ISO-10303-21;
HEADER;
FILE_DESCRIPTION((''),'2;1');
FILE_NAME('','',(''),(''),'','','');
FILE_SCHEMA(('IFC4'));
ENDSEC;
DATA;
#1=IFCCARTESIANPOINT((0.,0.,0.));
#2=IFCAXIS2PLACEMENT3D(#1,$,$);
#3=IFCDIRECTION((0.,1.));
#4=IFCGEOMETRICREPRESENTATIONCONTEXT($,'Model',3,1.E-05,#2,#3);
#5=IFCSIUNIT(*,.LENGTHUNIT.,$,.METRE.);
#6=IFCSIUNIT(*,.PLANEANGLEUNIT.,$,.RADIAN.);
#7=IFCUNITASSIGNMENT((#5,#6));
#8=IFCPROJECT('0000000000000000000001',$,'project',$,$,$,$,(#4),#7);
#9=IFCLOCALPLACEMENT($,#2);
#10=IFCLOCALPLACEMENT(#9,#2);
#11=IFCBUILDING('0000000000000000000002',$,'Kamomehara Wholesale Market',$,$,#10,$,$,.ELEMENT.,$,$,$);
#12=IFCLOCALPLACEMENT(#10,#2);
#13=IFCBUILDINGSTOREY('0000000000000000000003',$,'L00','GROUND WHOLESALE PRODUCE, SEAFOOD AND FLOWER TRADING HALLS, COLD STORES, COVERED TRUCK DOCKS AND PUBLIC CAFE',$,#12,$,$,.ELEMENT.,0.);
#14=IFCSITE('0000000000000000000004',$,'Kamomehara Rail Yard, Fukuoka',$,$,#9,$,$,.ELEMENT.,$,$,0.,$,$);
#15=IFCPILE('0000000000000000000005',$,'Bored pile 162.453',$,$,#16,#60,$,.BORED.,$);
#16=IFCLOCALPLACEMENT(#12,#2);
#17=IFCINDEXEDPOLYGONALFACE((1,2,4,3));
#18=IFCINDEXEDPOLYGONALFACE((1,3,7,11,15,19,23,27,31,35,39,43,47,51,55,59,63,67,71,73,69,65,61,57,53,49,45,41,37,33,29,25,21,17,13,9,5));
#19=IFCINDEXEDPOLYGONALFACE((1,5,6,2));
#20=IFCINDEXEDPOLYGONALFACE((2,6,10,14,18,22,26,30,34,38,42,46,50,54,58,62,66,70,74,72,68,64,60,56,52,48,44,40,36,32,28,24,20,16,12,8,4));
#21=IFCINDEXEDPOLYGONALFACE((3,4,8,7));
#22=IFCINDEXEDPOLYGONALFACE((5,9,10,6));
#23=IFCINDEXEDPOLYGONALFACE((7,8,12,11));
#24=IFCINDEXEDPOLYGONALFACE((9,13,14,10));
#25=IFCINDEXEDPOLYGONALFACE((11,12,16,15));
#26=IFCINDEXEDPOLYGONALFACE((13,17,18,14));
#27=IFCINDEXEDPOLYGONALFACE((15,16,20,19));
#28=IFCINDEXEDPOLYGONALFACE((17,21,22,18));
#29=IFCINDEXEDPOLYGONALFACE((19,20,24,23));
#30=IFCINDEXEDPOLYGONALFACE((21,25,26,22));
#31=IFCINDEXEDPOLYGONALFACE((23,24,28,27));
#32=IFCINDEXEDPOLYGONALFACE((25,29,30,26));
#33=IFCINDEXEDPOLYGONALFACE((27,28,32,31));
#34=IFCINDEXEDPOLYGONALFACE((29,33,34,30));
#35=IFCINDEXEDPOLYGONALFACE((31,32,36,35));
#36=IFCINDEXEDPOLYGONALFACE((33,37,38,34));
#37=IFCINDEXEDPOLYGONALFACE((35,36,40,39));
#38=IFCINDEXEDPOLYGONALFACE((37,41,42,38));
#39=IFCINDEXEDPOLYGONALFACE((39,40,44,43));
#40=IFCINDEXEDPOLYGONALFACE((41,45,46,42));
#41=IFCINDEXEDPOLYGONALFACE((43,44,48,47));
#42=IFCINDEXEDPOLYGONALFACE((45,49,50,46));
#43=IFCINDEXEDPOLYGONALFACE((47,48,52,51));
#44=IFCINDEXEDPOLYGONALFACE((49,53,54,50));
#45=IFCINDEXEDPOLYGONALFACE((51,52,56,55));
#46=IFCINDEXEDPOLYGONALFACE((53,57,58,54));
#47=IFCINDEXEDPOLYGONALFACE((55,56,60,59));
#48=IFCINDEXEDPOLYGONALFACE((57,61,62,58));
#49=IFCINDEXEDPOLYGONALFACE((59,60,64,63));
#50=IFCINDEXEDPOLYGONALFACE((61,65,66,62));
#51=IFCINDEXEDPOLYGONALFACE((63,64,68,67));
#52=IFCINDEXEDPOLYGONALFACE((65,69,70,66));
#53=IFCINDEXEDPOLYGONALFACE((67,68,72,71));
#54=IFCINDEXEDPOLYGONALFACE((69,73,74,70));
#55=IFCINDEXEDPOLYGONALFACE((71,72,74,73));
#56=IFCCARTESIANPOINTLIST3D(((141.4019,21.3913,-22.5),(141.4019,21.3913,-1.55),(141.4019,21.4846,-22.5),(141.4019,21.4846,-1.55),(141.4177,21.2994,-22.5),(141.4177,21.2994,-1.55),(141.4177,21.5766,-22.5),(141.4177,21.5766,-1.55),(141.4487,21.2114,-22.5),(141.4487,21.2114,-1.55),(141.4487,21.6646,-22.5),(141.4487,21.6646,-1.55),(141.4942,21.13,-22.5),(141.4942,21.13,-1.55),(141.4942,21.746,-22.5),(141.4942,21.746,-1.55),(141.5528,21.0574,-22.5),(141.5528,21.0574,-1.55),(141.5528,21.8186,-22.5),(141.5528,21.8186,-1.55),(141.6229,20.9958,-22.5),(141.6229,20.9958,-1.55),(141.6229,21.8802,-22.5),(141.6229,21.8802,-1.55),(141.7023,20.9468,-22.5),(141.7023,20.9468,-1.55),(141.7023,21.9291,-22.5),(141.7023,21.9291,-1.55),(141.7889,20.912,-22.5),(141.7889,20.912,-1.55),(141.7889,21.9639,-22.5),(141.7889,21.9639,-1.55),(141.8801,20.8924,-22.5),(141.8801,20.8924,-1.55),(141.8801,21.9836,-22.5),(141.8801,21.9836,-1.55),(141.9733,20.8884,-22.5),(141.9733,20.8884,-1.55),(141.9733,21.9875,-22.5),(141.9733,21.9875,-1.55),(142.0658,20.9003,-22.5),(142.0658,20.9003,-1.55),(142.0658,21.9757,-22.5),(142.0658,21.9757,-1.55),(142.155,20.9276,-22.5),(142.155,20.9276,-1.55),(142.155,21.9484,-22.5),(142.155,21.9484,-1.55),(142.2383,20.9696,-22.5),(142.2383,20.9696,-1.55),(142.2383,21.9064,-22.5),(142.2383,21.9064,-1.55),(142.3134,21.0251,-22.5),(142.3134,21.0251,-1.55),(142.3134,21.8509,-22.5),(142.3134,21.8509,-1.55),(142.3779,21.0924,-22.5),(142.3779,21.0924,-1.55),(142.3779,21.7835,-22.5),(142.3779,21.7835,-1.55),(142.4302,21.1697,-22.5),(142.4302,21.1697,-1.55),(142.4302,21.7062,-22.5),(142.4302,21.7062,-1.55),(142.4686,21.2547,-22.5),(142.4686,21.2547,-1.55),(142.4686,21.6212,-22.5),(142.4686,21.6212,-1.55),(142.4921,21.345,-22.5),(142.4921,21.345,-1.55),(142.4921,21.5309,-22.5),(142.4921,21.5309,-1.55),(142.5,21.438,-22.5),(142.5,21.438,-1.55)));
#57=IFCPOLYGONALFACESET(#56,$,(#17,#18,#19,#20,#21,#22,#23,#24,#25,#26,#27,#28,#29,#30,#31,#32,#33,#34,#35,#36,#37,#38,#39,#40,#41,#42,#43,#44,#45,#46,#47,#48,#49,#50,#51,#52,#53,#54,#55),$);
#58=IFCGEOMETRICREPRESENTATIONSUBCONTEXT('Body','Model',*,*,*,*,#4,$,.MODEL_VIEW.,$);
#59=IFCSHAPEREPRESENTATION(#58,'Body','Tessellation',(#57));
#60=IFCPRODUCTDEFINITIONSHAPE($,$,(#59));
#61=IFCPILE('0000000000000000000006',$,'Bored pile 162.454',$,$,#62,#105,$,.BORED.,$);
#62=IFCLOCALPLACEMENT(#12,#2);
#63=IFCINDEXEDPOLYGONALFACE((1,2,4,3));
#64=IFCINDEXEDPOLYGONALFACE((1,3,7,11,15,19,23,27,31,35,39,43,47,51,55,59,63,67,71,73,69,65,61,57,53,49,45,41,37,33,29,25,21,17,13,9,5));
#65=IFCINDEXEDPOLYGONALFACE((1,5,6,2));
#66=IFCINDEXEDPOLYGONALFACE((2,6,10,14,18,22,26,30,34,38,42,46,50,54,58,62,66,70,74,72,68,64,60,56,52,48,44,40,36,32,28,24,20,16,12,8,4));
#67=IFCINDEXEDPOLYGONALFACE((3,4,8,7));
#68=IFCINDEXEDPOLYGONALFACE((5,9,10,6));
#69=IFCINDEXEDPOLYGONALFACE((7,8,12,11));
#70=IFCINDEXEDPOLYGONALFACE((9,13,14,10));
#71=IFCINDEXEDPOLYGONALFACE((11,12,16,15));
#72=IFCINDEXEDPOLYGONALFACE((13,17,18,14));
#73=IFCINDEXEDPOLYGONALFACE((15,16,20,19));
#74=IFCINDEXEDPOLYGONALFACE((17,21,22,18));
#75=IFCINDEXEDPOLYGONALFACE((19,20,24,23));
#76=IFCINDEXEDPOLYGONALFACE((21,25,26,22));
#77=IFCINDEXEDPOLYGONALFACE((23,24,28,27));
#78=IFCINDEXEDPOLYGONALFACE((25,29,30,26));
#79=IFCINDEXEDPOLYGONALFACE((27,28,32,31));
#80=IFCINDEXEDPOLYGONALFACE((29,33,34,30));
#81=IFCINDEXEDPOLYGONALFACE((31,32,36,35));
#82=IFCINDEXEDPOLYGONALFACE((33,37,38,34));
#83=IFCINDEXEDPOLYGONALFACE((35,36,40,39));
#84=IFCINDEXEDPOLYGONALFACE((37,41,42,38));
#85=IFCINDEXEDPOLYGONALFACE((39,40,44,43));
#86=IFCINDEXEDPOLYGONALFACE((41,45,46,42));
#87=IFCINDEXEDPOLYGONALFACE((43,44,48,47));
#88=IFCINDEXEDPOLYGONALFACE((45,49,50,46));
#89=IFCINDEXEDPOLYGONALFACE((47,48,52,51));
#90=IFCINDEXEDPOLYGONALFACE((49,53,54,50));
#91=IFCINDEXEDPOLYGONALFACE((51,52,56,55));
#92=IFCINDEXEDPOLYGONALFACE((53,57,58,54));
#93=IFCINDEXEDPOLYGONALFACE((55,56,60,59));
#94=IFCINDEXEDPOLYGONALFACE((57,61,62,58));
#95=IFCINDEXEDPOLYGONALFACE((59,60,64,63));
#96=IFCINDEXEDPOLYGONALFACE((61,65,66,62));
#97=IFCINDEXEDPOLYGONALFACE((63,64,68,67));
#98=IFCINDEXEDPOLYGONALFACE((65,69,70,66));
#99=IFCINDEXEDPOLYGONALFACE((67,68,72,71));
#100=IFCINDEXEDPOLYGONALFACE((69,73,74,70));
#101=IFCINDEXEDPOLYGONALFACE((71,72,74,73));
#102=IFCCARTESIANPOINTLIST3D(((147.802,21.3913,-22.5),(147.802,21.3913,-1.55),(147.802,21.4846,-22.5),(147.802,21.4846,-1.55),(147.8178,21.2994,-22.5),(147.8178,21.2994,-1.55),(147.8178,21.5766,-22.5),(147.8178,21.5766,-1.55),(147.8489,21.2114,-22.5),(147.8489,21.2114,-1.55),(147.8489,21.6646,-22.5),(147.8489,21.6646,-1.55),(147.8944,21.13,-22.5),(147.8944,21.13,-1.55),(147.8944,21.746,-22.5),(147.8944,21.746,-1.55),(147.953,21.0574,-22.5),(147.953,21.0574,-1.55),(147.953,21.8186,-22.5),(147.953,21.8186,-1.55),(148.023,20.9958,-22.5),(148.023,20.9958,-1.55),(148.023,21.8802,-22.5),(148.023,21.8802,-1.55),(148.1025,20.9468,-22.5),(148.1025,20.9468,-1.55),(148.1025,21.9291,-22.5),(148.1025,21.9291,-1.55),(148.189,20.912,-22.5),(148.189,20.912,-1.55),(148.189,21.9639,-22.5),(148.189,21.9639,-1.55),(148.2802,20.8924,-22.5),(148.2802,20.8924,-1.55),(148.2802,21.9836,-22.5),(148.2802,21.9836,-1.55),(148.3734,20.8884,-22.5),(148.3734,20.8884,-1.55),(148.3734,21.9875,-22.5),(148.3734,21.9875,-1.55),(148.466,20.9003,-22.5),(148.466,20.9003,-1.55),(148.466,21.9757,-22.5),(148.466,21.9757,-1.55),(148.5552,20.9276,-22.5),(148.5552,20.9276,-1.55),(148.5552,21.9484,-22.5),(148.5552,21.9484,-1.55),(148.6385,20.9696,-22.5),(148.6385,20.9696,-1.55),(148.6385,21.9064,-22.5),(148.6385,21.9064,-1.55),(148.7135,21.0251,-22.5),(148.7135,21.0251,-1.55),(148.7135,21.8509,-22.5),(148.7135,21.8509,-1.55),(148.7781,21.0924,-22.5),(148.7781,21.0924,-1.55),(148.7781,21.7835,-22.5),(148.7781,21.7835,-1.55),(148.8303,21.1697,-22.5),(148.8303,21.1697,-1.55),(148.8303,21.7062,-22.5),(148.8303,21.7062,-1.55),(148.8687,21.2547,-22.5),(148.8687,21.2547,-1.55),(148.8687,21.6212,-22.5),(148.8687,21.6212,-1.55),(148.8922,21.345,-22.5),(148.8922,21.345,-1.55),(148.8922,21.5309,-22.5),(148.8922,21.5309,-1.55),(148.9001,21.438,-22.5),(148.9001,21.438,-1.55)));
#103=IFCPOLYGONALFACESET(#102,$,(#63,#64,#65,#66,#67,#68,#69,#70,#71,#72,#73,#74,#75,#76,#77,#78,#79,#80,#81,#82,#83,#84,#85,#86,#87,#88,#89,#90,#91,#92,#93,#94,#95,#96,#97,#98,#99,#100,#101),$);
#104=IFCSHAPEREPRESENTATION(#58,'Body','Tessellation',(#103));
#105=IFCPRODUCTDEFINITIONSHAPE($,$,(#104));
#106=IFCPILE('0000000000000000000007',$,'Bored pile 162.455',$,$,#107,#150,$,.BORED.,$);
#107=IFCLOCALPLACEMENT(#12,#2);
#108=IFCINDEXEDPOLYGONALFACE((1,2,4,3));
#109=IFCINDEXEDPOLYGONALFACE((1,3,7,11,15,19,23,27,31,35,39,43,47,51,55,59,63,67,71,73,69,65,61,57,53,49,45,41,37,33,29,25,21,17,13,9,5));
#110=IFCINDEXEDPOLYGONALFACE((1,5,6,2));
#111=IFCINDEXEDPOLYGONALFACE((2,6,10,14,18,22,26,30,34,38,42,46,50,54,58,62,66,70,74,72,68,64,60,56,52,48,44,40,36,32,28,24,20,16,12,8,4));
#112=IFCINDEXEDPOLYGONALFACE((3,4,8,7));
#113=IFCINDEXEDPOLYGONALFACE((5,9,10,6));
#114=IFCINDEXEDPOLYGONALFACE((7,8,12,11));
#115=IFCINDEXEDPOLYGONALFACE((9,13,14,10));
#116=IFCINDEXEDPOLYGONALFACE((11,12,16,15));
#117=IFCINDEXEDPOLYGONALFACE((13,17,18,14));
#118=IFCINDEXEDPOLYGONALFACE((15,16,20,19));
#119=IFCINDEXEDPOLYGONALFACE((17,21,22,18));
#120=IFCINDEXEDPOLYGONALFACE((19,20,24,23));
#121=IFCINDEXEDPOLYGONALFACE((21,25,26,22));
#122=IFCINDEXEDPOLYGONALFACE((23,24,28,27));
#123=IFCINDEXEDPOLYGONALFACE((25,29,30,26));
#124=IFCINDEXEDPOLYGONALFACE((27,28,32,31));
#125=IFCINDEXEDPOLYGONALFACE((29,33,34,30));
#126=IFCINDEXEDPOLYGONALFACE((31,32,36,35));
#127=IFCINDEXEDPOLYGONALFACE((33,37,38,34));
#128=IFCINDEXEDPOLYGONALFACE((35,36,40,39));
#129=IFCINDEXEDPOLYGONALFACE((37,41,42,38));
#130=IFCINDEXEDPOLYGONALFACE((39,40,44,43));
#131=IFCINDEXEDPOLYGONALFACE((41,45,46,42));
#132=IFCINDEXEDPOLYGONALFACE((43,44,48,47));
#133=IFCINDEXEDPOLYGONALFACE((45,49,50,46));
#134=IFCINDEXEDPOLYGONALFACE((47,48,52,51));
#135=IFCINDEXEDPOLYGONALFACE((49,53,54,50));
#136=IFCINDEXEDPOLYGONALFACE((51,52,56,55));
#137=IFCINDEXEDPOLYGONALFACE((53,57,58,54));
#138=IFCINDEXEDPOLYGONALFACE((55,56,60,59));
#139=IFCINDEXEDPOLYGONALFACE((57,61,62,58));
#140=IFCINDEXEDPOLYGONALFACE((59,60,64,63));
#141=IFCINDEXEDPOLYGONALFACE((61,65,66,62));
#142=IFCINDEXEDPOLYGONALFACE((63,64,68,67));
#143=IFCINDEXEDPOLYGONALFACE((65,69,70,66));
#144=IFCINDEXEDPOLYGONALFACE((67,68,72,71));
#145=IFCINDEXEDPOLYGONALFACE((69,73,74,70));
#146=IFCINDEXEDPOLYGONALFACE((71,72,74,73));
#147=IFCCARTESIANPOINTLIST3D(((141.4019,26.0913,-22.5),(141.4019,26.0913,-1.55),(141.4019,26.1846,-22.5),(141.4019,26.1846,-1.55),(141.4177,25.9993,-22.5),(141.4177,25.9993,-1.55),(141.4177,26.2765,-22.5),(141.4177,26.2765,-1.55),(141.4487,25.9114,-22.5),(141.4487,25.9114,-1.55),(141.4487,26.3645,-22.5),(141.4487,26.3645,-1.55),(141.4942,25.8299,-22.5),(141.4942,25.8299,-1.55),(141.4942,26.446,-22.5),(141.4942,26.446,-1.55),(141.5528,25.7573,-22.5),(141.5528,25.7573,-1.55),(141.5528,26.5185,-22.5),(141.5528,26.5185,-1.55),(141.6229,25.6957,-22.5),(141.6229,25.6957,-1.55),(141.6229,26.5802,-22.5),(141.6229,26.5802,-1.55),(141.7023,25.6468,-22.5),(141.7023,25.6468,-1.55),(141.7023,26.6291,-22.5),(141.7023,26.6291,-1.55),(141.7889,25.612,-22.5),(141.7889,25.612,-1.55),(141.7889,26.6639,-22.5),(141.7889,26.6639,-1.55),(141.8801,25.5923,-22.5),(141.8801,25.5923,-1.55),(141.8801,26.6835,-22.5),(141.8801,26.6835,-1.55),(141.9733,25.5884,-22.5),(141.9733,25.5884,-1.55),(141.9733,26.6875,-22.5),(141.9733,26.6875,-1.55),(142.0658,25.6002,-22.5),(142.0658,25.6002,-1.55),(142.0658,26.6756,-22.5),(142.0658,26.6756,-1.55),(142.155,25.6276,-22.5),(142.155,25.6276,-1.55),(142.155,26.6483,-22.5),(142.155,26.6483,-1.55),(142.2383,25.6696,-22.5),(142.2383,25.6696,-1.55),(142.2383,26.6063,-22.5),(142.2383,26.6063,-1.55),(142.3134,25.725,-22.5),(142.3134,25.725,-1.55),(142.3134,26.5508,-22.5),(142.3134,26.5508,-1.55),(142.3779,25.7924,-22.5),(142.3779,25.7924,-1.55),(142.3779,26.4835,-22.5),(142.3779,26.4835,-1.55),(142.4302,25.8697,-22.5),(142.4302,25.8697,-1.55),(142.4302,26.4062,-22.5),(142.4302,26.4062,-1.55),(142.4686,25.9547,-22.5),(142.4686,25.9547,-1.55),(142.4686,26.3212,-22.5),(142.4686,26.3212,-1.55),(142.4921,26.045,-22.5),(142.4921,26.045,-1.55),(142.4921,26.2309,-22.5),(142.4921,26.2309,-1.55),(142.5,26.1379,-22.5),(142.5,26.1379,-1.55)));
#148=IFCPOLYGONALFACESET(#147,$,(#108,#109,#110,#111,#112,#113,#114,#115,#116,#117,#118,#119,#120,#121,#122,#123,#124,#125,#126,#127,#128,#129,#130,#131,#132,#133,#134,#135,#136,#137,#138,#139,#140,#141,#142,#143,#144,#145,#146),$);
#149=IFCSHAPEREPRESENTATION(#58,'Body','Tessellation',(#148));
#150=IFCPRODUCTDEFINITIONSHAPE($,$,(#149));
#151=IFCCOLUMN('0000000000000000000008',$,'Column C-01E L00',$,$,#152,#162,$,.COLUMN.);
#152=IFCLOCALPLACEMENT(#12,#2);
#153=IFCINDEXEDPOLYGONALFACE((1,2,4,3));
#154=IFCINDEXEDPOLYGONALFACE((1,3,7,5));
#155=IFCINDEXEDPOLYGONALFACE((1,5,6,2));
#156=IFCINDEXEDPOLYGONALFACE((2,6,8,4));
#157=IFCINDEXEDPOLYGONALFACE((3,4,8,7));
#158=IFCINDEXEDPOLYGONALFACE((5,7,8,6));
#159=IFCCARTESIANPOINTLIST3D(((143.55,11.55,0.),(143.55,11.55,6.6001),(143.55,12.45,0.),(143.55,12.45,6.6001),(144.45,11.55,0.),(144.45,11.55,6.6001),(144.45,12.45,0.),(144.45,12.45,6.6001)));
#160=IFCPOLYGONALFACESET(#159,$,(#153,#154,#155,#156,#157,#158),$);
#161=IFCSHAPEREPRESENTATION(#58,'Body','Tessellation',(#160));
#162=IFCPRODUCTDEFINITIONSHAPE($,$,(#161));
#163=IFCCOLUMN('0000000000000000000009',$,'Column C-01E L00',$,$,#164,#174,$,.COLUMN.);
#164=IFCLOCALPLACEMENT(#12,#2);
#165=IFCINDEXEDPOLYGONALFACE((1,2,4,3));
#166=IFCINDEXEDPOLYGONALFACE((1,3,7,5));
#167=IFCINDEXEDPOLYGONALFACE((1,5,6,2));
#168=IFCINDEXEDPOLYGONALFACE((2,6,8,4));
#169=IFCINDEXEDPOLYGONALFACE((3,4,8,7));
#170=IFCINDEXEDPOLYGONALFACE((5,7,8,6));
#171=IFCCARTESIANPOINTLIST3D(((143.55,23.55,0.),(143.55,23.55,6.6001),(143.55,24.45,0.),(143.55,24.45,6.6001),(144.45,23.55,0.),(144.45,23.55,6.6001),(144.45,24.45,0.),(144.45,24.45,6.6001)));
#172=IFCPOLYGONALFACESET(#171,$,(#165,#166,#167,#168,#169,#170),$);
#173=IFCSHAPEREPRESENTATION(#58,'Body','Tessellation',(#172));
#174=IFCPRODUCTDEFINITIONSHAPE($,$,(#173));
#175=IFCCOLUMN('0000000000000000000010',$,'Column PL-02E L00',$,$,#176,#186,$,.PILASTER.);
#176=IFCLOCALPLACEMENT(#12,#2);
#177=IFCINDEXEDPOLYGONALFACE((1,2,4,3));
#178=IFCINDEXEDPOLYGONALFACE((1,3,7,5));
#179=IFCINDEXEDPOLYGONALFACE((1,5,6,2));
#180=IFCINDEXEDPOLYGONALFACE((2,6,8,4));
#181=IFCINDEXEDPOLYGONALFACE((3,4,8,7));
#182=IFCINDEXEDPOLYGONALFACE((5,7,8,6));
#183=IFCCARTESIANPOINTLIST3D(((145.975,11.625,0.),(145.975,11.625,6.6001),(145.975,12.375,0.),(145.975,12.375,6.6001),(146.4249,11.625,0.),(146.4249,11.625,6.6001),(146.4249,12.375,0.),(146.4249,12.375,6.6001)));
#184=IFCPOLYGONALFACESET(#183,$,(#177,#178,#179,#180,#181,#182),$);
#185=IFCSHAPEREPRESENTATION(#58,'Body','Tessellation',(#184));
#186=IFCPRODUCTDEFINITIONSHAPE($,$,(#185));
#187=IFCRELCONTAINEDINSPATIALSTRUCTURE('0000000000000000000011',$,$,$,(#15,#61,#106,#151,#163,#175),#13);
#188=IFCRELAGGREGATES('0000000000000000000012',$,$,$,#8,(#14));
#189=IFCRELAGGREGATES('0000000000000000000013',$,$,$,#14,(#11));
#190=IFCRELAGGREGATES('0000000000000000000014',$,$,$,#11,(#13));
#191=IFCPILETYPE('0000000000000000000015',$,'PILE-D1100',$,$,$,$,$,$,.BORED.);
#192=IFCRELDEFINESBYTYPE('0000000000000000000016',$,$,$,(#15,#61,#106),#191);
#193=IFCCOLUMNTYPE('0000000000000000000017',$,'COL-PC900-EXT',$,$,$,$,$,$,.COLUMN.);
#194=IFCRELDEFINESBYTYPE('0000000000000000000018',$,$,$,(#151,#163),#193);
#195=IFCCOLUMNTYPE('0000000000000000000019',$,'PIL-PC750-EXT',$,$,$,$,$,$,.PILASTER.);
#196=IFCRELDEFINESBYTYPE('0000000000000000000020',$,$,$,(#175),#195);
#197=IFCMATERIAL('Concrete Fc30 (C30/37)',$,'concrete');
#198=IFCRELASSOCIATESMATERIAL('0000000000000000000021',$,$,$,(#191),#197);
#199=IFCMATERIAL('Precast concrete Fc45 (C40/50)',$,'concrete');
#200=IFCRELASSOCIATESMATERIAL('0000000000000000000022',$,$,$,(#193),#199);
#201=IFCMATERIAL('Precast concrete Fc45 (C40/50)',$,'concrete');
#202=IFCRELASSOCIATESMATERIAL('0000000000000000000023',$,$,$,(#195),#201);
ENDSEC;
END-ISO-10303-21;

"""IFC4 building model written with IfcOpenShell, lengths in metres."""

from ifc_helpers import new_model, si_unit, direction, frame, origin, origin_2d, place, context, subcontext, project, spatial, rectangle, circle, extrude, material, material_profile, profile_set, type_object, element, save


model = new_model("IFC4")

# Units and contexts
model_context = context("Model", 3, precision=1e-05, world=origin(), true_north=direction((0.0, 1.0)))
body_context = subcontext(model_context, "Body", "Model", "MODEL_VIEW")
ifc_project = project(units=[si_unit("LENGTHUNIT", "METRE"), si_unit("PLANEANGLEUNIT", "RADIAN")], contexts=[model_context])

# Site, building, storey
site_placement = place(None, origin())
site = spatial("IfcSite", under=ifc_project, at=site_placement, Name="Kamomehara Rail Yard, Fukuoka", CompositionType="ELEMENT", RefElevation=0.0)
building_placement = place(site_placement, origin())
building = spatial("IfcBuilding", under=site, at=building_placement, Name="Kamomehara Wholesale Market", CompositionType="ELEMENT")
storey_placement = place(building_placement, origin())
storey = spatial("IfcBuildingStorey", under=building, at=storey_placement, Name="L00", Description="GROUND WHOLESALE PRODUCE, SEAFOOD AND FLOWER TRADING HALLS, COLD STORES, COVERED TRUCK DOCKS AND PUBLIC CAFE", CompositionType="ELEMENT", Elevation=0.0)

# Piles
ifc_material_1 = material(Name="Concrete Fc30 (C30/37)", Category="concrete")
ifc_material_profile_1 = material_profile(ifc_material_1, circle(Radius=0.55, at=origin_2d()), Name="RC-PILE-D1100")
ifc_profile_set_1 = profile_set([ifc_material_profile_1], Name="Concrete Fc30 (C30/37)")
pile_type = type_object("IfcPileType", Name="PILE-D1100", PredefinedType="BORED", material=ifc_profile_set_1)
for number, where, z_axis, x_axis, name in (
    (1, (141.95, 21.438, -1.55), (0.0, 0.0, -1.0), (1.0, 0.0, 0.0), "Bored pile 162.453"),
    (2, (148.3501, 21.438, -1.55), (0.0, 0.0, -1.0), (1.0, 0.0, 0.0), "Bored pile 162.454"),
    (3, (141.95, 26.1379, -1.55), (0.0, 0.0, -1.0), (1.0, 0.0, 0.0), "Bored pile 162.455"),
):
    element("IfcPile", number, at=place(storey_placement, frame(where, z_axis=z_axis, x_axis=x_axis)), inside=storey, type_object=pile_type, Name=name, PredefinedType="BORED", context=body_context, shape_type="SweptSolid", body=[
        extrude(circle(Radius=0.55, at=origin_2d()), origin(), (0.0, 0.0, 1.0), 20.95),
    ])

# Columns
ifc_material_2 = material(Name="Precast concrete Fc45 (C40/50)", Category="concrete")
ifc_material_profile_2 = material_profile(ifc_material_2, rectangle(XDim=0.8999, YDim=0.8999, at=origin_2d()), Name="PC-COL-900x900")
ifc_profile_set_2 = profile_set([ifc_material_profile_2], Name="Precast concrete Fc45 (C40/50)")
column_type_1 = type_object("IfcColumnType", Name="COL-PC900-EXT", PredefinedType="COLUMN", material=ifc_profile_set_2)
for number, where, z_axis, x_axis, name in (
    (4, (144.0, 12.0, 0.0), (0.0, 0.0, 1.0), (1.0, 0.0, 0.0), "Column C-01E L00"),
    (5, (144.0, 24.0, 0.0), (0.0, 0.0, 1.0), (1.0, 0.0, 0.0), "Column C-01E L00"),
):
    element("IfcColumn", number, at=place(storey_placement, frame(where, z_axis=z_axis, x_axis=x_axis)), inside=storey, type_object=column_type_1, Name=name, PredefinedType="COLUMN", context=body_context, shape_type="SweptSolid", body=[
        extrude(rectangle(XDim=0.8999, YDim=0.8999, at=origin_2d()), origin(), (0.0, 0.0, 1.0), 6.6001),
    ])
ifc_material_3 = material(Name="Precast concrete Fc45 (C40/50)", Category="concrete")
ifc_material_profile_3 = material_profile(ifc_material_3, rectangle(XDim=0.45, YDim=0.75, at=origin_2d()), Name="PC-PIL-450x750")
ifc_profile_set_3 = profile_set([ifc_material_profile_3], Name="Precast concrete Fc45 (C40/50)")
column_type_2 = type_object("IfcColumnType", Name="PIL-PC750-EXT", PredefinedType="PILASTER", material=ifc_profile_set_3)
column_placement = place(storey_placement, frame((146.2, 12.0, 0.0), z_axis=(0.0, 0.0, 1.0), x_axis=(1.0, 0.0, 0.0)))
element("IfcColumn", 6, at=column_placement, inside=storey, type_object=column_type_2, Name="Column PL-02E L00", PredefinedType="PILASTER", context=body_context, shape_type="SweptSolid", body=[
    extrude(rectangle(XDim=0.45, YDim=0.75, at=origin_2d()), origin(), (0.0, 0.0, 1.0), 6.6001),
])

save(model, "model.ifc")
